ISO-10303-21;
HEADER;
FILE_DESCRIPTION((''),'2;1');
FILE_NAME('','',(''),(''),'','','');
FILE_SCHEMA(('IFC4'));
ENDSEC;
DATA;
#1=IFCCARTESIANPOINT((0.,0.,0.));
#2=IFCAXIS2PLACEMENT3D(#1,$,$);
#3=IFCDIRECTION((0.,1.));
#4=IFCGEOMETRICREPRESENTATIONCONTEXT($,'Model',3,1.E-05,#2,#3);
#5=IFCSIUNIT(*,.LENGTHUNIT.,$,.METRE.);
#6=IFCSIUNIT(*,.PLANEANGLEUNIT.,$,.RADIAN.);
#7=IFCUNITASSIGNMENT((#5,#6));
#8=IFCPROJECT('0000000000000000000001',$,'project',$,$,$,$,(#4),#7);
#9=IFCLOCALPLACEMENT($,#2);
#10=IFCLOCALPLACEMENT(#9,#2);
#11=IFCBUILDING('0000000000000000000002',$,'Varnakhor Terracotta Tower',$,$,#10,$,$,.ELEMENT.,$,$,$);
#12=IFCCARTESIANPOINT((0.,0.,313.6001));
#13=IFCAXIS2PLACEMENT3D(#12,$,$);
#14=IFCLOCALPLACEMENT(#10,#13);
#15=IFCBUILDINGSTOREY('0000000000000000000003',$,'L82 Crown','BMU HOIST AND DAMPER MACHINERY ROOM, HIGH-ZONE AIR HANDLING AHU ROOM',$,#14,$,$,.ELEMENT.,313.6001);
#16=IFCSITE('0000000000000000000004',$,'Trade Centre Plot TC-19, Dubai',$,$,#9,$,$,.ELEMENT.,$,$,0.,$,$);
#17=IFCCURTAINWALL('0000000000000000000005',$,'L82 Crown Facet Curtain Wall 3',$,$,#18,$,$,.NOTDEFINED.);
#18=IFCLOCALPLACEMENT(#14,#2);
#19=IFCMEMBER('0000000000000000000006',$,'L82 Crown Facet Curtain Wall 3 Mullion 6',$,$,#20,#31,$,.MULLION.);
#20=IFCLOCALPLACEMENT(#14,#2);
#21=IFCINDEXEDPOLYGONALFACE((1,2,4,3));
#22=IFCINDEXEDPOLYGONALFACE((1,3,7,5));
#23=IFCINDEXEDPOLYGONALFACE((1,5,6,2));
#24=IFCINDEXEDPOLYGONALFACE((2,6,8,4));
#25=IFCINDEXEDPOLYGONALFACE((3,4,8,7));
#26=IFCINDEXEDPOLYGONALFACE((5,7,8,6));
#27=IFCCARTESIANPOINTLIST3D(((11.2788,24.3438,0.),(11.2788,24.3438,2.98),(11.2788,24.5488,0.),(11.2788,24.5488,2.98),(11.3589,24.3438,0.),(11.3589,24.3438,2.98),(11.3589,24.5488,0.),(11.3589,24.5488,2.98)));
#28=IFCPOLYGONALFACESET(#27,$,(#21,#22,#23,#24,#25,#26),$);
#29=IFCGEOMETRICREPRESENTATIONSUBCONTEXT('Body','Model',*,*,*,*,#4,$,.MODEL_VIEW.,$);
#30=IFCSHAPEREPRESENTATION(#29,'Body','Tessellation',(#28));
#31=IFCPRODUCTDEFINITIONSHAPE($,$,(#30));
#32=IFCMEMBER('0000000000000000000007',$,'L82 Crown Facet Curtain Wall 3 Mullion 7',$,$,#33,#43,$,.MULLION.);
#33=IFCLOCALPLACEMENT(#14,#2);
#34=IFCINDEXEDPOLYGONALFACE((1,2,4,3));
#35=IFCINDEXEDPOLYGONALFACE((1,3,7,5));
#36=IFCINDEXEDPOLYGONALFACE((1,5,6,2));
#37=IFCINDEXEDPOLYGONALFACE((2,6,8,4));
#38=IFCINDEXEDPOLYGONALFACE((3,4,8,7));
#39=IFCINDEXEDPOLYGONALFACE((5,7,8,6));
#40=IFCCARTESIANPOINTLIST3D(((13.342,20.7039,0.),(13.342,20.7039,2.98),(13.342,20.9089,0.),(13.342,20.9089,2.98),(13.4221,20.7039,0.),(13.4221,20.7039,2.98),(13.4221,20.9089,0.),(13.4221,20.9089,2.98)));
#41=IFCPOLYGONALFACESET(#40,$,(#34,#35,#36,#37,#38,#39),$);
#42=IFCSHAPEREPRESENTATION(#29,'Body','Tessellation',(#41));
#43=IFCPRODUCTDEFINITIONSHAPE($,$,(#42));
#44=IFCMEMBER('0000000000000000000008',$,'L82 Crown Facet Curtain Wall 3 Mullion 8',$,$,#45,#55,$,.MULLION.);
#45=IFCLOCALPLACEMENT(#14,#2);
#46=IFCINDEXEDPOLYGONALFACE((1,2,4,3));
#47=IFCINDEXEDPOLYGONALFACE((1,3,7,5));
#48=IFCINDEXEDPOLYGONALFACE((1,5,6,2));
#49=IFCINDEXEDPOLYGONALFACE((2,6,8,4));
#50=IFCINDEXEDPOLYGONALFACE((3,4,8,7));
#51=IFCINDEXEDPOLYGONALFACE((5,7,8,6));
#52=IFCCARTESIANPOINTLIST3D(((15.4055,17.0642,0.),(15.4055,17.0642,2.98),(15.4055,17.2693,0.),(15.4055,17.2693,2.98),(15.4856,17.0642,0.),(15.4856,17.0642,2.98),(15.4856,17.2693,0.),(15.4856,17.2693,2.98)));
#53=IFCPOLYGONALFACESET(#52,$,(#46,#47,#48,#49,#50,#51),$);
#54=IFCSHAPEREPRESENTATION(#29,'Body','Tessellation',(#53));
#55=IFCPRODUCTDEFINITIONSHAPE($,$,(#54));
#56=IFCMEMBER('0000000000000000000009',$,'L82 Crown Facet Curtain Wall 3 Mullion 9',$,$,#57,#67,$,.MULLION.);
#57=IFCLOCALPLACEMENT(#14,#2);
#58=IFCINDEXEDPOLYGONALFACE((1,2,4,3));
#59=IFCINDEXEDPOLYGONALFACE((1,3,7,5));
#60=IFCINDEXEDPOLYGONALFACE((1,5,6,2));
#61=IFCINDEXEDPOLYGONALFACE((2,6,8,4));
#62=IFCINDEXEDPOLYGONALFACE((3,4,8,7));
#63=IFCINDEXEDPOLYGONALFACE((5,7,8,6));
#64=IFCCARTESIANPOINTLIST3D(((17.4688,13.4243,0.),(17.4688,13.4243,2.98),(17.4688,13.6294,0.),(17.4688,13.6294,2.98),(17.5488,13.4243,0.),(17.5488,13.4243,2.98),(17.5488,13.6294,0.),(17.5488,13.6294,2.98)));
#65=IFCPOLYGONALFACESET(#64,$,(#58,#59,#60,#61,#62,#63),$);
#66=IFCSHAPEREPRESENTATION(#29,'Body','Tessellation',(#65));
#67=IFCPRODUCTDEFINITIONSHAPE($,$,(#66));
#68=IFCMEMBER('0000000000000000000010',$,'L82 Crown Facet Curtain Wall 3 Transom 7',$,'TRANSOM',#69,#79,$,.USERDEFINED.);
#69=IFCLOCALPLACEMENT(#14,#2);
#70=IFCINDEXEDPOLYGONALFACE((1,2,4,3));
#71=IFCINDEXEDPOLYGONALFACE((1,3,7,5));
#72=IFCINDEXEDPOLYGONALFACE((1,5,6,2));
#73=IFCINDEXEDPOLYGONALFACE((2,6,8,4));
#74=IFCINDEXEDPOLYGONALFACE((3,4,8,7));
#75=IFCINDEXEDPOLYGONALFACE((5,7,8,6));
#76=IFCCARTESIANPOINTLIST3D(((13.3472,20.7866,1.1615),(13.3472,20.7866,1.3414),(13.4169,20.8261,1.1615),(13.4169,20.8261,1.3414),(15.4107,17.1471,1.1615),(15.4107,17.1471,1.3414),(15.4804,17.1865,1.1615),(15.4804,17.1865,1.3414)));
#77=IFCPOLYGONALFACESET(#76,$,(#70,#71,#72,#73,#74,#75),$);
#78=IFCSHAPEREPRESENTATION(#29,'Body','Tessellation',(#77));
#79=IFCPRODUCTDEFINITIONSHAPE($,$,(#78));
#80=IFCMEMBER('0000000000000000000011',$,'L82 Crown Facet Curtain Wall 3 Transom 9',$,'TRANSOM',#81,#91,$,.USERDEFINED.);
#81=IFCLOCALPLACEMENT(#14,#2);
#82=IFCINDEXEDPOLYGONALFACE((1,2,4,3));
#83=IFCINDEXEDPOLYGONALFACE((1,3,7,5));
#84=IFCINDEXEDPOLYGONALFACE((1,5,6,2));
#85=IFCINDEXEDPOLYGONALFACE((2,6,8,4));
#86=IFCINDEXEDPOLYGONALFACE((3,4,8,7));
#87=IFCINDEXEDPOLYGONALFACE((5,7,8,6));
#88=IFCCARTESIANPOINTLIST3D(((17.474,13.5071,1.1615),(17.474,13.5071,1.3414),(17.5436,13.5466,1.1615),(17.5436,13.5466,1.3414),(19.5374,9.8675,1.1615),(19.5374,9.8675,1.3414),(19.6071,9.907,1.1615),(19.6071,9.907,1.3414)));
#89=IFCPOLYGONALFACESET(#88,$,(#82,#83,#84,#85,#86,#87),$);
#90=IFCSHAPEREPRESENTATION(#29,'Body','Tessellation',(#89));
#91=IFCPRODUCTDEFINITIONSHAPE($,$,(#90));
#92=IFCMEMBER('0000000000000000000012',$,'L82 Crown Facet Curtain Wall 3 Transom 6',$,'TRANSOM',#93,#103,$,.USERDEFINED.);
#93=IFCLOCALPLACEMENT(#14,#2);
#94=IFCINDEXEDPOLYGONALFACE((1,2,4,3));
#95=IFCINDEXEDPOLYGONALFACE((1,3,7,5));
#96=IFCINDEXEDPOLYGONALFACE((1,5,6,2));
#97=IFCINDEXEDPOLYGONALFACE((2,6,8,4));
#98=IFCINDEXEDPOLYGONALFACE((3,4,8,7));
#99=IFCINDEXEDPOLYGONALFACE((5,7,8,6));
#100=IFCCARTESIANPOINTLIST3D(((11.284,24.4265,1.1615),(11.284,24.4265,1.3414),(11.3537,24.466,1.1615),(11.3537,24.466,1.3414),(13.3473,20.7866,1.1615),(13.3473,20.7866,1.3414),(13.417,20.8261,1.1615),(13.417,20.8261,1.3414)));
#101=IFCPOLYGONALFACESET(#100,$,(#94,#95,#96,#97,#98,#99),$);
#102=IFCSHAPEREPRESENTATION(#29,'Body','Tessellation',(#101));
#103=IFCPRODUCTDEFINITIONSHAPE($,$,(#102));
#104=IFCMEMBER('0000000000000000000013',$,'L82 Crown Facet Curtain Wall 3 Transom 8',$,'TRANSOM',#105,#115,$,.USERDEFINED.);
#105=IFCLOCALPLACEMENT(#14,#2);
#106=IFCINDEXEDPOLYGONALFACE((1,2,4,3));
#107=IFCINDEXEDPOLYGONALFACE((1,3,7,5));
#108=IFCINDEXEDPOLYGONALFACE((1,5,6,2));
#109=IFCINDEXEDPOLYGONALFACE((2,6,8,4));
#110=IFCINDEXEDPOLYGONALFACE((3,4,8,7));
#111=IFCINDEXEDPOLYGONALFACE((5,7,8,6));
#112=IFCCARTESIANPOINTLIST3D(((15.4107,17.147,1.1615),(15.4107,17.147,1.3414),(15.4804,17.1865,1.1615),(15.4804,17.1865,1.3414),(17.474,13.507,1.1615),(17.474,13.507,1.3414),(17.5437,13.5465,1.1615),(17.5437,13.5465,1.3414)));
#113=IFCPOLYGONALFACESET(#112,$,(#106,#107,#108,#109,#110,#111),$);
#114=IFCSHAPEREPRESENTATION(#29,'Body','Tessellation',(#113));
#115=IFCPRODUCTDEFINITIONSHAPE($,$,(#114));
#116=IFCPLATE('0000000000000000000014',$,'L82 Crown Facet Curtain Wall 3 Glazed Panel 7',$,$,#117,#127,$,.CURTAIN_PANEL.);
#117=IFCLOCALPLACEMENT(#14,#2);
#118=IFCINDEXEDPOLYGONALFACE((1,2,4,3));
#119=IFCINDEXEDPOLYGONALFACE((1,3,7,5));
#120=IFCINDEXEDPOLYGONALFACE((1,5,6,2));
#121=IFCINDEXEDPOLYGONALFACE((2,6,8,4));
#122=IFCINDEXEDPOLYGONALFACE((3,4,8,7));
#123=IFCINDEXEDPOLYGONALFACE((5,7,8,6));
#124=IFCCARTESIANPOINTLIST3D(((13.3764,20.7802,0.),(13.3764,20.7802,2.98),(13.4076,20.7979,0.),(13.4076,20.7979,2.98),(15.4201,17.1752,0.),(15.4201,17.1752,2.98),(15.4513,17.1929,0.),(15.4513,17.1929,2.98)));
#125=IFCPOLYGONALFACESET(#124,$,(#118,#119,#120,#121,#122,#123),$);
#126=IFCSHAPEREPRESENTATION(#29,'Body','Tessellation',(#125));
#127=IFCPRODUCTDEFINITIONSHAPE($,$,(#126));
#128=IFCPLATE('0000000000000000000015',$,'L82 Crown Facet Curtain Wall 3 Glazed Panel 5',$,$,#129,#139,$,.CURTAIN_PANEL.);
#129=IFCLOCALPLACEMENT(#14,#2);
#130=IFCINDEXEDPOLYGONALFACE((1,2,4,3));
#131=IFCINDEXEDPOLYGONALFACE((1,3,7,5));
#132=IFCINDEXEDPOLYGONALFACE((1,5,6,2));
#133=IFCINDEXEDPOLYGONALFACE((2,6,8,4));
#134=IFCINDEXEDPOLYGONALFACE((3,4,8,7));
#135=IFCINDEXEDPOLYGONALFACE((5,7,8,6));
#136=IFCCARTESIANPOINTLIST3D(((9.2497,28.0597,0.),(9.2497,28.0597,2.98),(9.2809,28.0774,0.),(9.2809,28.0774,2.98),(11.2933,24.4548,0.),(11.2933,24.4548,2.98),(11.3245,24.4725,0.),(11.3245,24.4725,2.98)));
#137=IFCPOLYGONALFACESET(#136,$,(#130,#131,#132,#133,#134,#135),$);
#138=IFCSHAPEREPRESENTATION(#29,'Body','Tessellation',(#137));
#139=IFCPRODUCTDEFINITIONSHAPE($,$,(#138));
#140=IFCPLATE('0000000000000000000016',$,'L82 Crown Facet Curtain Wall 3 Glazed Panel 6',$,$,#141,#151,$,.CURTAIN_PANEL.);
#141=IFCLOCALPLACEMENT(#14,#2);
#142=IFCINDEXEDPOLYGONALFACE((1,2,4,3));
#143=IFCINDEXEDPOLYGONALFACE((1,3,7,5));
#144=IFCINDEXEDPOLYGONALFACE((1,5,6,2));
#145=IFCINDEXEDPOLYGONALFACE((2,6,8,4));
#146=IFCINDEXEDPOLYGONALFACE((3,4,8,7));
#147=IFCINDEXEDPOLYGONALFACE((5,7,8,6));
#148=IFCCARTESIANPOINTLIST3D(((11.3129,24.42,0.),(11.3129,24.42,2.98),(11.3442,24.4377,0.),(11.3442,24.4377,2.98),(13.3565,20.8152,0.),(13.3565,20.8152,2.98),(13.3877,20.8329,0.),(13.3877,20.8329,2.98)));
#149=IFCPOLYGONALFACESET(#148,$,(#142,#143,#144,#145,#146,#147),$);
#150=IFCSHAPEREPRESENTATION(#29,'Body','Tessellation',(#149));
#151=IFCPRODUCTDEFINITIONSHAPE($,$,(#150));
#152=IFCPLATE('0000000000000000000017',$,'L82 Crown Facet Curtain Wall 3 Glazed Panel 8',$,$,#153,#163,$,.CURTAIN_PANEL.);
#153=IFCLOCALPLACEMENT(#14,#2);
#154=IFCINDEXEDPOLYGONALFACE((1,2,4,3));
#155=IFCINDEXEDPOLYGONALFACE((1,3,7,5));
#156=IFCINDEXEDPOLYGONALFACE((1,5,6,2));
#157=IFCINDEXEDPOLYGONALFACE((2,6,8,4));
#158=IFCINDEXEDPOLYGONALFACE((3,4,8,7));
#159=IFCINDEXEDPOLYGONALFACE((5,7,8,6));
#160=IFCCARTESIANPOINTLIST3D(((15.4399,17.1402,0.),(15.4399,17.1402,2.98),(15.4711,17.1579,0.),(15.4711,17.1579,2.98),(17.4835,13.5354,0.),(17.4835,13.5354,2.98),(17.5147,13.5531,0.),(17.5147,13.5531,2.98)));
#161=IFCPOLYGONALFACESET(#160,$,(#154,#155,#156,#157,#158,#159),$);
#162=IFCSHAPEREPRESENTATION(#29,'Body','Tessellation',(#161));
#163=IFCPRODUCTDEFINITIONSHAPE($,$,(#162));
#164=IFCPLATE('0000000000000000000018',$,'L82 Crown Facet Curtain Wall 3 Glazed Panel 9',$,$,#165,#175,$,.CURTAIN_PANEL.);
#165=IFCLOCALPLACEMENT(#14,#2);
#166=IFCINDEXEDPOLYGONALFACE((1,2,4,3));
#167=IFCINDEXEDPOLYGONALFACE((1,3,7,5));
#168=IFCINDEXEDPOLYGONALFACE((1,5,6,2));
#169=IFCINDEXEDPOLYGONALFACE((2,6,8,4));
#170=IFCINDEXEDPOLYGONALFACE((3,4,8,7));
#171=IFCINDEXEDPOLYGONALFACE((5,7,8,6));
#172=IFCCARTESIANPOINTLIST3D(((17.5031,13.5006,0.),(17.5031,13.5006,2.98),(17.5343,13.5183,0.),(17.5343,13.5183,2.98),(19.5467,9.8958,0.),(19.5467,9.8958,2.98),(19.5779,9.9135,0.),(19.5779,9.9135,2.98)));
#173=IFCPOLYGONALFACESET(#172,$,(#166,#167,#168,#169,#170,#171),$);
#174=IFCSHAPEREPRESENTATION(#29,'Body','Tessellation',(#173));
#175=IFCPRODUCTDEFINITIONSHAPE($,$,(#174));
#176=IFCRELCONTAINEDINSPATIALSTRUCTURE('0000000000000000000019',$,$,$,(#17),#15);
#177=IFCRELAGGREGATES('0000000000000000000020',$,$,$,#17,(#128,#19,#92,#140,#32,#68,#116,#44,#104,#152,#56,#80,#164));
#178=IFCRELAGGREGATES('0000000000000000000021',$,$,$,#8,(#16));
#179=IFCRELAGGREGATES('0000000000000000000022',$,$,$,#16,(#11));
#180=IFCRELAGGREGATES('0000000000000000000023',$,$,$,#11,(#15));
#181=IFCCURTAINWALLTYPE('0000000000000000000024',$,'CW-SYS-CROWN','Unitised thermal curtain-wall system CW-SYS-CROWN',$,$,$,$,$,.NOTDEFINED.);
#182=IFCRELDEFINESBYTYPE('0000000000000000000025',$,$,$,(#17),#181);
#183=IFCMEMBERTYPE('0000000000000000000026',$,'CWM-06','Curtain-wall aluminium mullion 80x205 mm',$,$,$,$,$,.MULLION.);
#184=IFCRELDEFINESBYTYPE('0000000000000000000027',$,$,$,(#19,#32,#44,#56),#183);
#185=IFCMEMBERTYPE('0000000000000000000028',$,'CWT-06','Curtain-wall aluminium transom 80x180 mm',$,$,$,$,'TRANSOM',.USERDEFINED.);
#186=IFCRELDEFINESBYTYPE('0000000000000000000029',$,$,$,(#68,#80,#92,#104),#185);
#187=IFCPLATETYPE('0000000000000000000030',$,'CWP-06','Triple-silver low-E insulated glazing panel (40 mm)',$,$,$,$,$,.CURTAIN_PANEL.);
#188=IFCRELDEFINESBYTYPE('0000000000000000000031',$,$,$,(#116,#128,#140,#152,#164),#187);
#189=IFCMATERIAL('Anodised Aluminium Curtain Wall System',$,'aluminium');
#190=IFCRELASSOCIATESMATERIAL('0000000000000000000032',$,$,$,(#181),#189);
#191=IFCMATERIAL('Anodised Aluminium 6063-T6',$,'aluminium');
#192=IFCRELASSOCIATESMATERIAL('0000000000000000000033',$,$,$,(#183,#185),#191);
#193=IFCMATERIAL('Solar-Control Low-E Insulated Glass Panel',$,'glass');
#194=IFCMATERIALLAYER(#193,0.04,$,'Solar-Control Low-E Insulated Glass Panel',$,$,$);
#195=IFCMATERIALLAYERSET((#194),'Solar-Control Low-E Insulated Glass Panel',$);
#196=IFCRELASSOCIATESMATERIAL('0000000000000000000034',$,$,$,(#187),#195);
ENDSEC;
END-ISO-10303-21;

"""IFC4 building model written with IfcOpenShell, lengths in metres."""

from ifc_helpers import new_model, si_unit, direction, frame, origin, origin_2d, place, context, subcontext, project, spatial, rectangle, extrude, source, transform, mapped, material, layer, layer_set, material_profile, profile_set, type_object, type_shapes, element, aggregate, save


model = new_model("IFC4")

# Units and contexts
model_context = context("Model", 3, precision=1e-05, world=origin(), true_north=direction((0.0, 1.0)))
body_context = subcontext(model_context, "Body", "Model", "MODEL_VIEW")
ifc_project = project(units=[si_unit("LENGTHUNIT", "METRE"), si_unit("PLANEANGLEUNIT", "RADIAN")], contexts=[model_context])

# Site, building, storey
site_placement = place(None, origin())
site = spatial("IfcSite", under=ifc_project, at=site_placement, Name="Trade Centre Plot TC-19, Dubai", CompositionType="ELEMENT", RefElevation=0.0)
building_placement = place(site_placement, origin())
building = spatial("IfcBuilding", under=site, at=building_placement, Name="Varnakhor Terracotta Tower", CompositionType="ELEMENT")
storey_placement = place(building_placement, frame((0.0, 0.0, 313.6001)))
storey = spatial("IfcBuildingStorey", under=building, at=storey_placement, Name="L82 Crown", Description="BMU HOIST AND DAMPER MACHINERY ROOM, HIGH-ZONE AIR HANDLING AHU ROOM", CompositionType="ELEMENT", Elevation=313.6001)

# Curtain wall, members, plates
ifc_material_1 = material(Name="Anodised Aluminium Curtain Wall System", Category="aluminium")
curtain_wall_type = type_object("IfcCurtainWallType", Name="CW-SYS-CROWN", Description="Unitised thermal curtain-wall system CW-SYS-CROWN", PredefinedType="NOTDEFINED", material=ifc_material_1)
curtain_wall_placement = place(storey_placement, origin())
curtain_wall = element("IfcCurtainWall", 1, at=curtain_wall_placement, inside=storey, type_object=curtain_wall_type, Name="L82 Crown Facet Curtain Wall 3", PredefinedType="NOTDEFINED")
ifc_material_2 = material(Name="Anodised Aluminium 6063-T6", Category="aluminium")
ifc_material_profile_1 = material_profile(ifc_material_2, rectangle(XDim=0.0801, YDim=0.2051, at=origin_2d()), Name="ALU MULLION 80x205")
ifc_profile_set_1 = profile_set([ifc_material_profile_1], Name="Anodised Aluminium 6063-T6")
member_type_1 = type_object("IfcMemberType", Name="CWM-06", Description="Curtain-wall aluminium mullion 80x205 mm", PredefinedType="MULLION", material=ifc_profile_set_1)
shared_shape_1 = source(origin(), body_context, "Body", "SweptSolid", [
    extrude(rectangle(XDim=0.0801, YDim=0.2051, at=origin_2d()), origin(), (0.0, 0.0, 1.0), 2.98),
])
type_shapes(member_type_1, [shared_shape_1])
member_1_placement = place(storey_placement, frame((11.3188, 24.4463, 0.0), z_axis=(0.0, 0.0, 1.0), x_axis=(1.0, 0.0, 0.0)))
member_1 = element("IfcMember", 2, at=member_1_placement, type_object=member_type_1, Name="L82 Crown Facet Curtain Wall 3 Mullion 6", PredefinedType="MULLION", context=body_context, shape_type="MappedRepresentation", body=[
    mapped(shared_shape_1, transform((0.0, 0.0, 0.0), scale=1.0)),
])
member_2_placement = place(storey_placement, frame((13.3821, 20.8064, 0.0), z_axis=(0.0, 0.0, 1.0), x_axis=(1.0, 0.0, 0.0)))
member_2 = element("IfcMember", 3, at=member_2_placement, type_object=member_type_1, Name="L82 Crown Facet Curtain Wall 3 Mullion 7", PredefinedType="MULLION", context=body_context, shape_type="MappedRepresentation", body=[
    mapped(shared_shape_1, transform((0.0, 0.0, 0.0), scale=1.0)),
])
member_3_placement = place(storey_placement, frame((15.4456, 17.1667, 0.0), z_axis=(0.0, 0.0, 1.0), x_axis=(1.0, 0.0, 0.0)))
member_3 = element("IfcMember", 4, at=member_3_placement, type_object=member_type_1, Name="L82 Crown Facet Curtain Wall 3 Mullion 8", PredefinedType="MULLION", context=body_context, shape_type="MappedRepresentation", body=[
    mapped(shared_shape_1, transform((0.0, 0.0, 0.0), scale=1.0)),
])
member_4_placement = place(storey_placement, frame((17.5088, 13.5269, 0.0), z_axis=(0.0, 0.0, 1.0), x_axis=(1.0, 0.0, 0.0)))
member_4 = element("IfcMember", 5, at=member_4_placement, type_object=member_type_1, Name="L82 Crown Facet Curtain Wall 3 Mullion 9", PredefinedType="MULLION", context=body_context, shape_type="MappedRepresentation", body=[
    mapped(shared_shape_1, transform((0.0, 0.0, 0.0), scale=1.0)),
])
ifc_material_profile_2 = material_profile(ifc_material_2, rectangle(XDim=0.0801, YDim=0.1799, at=origin_2d()), Name="ALU TRANSOM 80x180")
ifc_profile_set_2 = profile_set([ifc_material_profile_2], Name="Anodised Aluminium 6063-T6")
member_type_2 = type_object("IfcMemberType", Name="CWT-06", Description="Curtain-wall aluminium transom 80x180 mm", ElementType="TRANSOM", PredefinedType="USERDEFINED", material=ifc_profile_set_2)
shared_shape_2 = source(origin(), body_context, "Body", "SweptSolid", [
    extrude(rectangle(XDim=0.0801, YDim=0.1799, at=origin_2d()), origin(), (0.0, 0.0, 1.0), 4.1838),
])
member_5_placement = place(storey_placement, frame((13.3821, 20.8064, 1.2515), z_axis=(0.493195, -0.869919, 0.0), x_axis=(0.869919, 0.493195, 0.0)))
member_5 = element("IfcMember", 6, at=member_5_placement, type_object=member_type_2, Name="L82 Crown Facet Curtain Wall 3 Transom 7", ObjectType="TRANSOM", PredefinedType="USERDEFINED", context=body_context, shape_type="MappedRepresentation", body=[
    mapped(shared_shape_2, transform((0.0, 0.0, 0.0), scale=1.0)),
])
member_6_placement = place(storey_placement, frame((17.5088, 13.5269, 1.2515), z_axis=(0.493195, -0.869919, 0.0), x_axis=(0.869919, 0.493195, 0.0)))
member_6 = element("IfcMember", 7, at=member_6_placement, type_object=member_type_2, Name="L82 Crown Facet Curtain Wall 3 Transom 9", ObjectType="TRANSOM", PredefinedType="USERDEFINED", context=body_context, shape_type="MappedRepresentation", body=[
    mapped(shared_shape_2, transform((0.0, 0.0, 0.0), scale=1.0)),
])
shared_shape_3 = source(origin(), body_context, "Body", "SweptSolid", [
    extrude(rectangle(XDim=0.0801, YDim=0.1799, at=origin_2d()), origin(), (0.0, 0.0, 1.0), 4.1841),
])
member_7_placement = place(storey_placement, frame((11.3188, 24.4463, 1.2515), z_axis=(0.493126, -0.869958, 0.0), x_axis=(0.869958, 0.493126, 0.0)))
member_7 = element("IfcMember", 8, at=member_7_placement, type_object=member_type_2, Name="L82 Crown Facet Curtain Wall 3 Transom 6", ObjectType="TRANSOM", PredefinedType="USERDEFINED", context=body_context, shape_type="MappedRepresentation", body=[
    mapped(shared_shape_3, transform((0.0, 0.0, 0.0), scale=1.0)),
])
member_8_placement = place(storey_placement, frame((15.4456, 17.1667, 1.2515), z_axis=(0.493126, -0.869958, 0.0), x_axis=(0.869958, 0.493126, 0.0)))
member_8 = element("IfcMember", 9, at=member_8_placement, type_object=member_type_2, Name="L82 Crown Facet Curtain Wall 3 Transom 8", ObjectType="TRANSOM", PredefinedType="USERDEFINED", context=body_context, shape_type="MappedRepresentation", body=[
    mapped(shared_shape_3, transform((0.0, 0.0, 0.0), scale=1.0)),
])
ifc_material_3 = material(Name="Solar-Control Low-E Insulated Glass Panel", Category="glass")
ifc_layer_1 = layer(ifc_material_3, 0.04, Name="Solar-Control Low-E Insulated Glass Panel")
ifc_layer_set_1 = layer_set([ifc_layer_1], Name="Solar-Control Low-E Insulated Glass Panel")
plate_type = type_object("IfcPlateType", Name="CWP-06", Description="Triple-silver low-E insulated glazing panel (40 mm)", PredefinedType="CURTAIN_PANEL", material=ifc_layer_set_1)
shared_shape_4 = source(origin(), body_context, "Body", "SweptSolid", [
    extrude(rectangle(XDim=4.144, YDim=0.0359, at=origin_2d()), origin(), (0.0, 0.0, 1.0), 2.98),
])
plate_1_placement = place(storey_placement, frame((14.4138, 18.9866, 0.0), z_axis=(0.0, 0.0, 1.0), x_axis=(0.493168, -0.869934, 0.0)))
plate_1 = element("IfcPlate", 10, at=plate_1_placement, type_object=plate_type, Name="L82 Crown Facet Curtain Wall 3 Glazed Panel 7", PredefinedType="CURTAIN_PANEL", context=body_context, shape_type="MappedRepresentation", body=[
    mapped(shared_shape_4, transform((0.0, 0.0, 0.0), scale=1.0)),
])
shared_shape_5 = source(origin(), body_context, "Body", "SweptSolid", [
    extrude(rectangle(XDim=4.1438, YDim=0.0359, at=origin_2d()), origin(), (0.0, 0.0, 1.0), 2.98),
])
plate_2_placement = place(storey_placement, frame((10.2871, 26.2661, 0.0), z_axis=(0.0, 0.0, 1.0), x_axis=(0.493168, -0.869934, 0.0)))
plate_2 = element("IfcPlate", 11, at=plate_2_placement, type_object=plate_type, Name="L82 Crown Facet Curtain Wall 3 Glazed Panel 5", PredefinedType="CURTAIN_PANEL", context=body_context, shape_type="MappedRepresentation", body=[
    mapped(shared_shape_5, transform((0.0, 0.0, 0.0), scale=1.0)),
])
plate_3_placement = place(storey_placement, frame((12.3503, 22.6265, 0.0), z_axis=(0.0, 0.0, 1.0), x_axis=(0.493168, -0.869934, 0.0)))
plate_3 = element("IfcPlate", 12, at=plate_3_placement, type_object=plate_type, Name="L82 Crown Facet Curtain Wall 3 Glazed Panel 6", PredefinedType="CURTAIN_PANEL", context=body_context, shape_type="MappedRepresentation", body=[
    mapped(shared_shape_5, transform((0.0, 0.0, 0.0), scale=1.0)),
])
plate_4_placement = place(storey_placement, frame((16.4773, 15.3467, 0.0), z_axis=(0.0, 0.0, 1.0), x_axis=(0.493168, -0.869934, 0.0)))
plate_4 = element("IfcPlate", 13, at=plate_4_placement, type_object=plate_type, Name="L82 Crown Facet Curtain Wall 3 Glazed Panel 8", PredefinedType="CURTAIN_PANEL", context=body_context, shape_type="MappedRepresentation", body=[
    mapped(shared_shape_5, transform((0.0, 0.0, 0.0), scale=1.0)),
])
plate_5_placement = place(storey_placement, frame((18.5405, 11.707, 0.0), z_axis=(0.0, 0.0, 1.0), x_axis=(0.493168, -0.869934, 0.0)))
plate_5 = element("IfcPlate", 14, at=plate_5_placement, type_object=plate_type, Name="L82 Crown Facet Curtain Wall 3 Glazed Panel 9", PredefinedType="CURTAIN_PANEL", context=body_context, shape_type="MappedRepresentation", body=[
    mapped(shared_shape_5, transform((0.0, 0.0, 0.0), scale=1.0)),
])
aggregate(curtain_wall, [plate_2, member_1, member_7, plate_3, member_2, member_5, plate_1, member_3, member_8, plate_4, member_4, member_6, plate_5])

save(model, "model.ifc")
